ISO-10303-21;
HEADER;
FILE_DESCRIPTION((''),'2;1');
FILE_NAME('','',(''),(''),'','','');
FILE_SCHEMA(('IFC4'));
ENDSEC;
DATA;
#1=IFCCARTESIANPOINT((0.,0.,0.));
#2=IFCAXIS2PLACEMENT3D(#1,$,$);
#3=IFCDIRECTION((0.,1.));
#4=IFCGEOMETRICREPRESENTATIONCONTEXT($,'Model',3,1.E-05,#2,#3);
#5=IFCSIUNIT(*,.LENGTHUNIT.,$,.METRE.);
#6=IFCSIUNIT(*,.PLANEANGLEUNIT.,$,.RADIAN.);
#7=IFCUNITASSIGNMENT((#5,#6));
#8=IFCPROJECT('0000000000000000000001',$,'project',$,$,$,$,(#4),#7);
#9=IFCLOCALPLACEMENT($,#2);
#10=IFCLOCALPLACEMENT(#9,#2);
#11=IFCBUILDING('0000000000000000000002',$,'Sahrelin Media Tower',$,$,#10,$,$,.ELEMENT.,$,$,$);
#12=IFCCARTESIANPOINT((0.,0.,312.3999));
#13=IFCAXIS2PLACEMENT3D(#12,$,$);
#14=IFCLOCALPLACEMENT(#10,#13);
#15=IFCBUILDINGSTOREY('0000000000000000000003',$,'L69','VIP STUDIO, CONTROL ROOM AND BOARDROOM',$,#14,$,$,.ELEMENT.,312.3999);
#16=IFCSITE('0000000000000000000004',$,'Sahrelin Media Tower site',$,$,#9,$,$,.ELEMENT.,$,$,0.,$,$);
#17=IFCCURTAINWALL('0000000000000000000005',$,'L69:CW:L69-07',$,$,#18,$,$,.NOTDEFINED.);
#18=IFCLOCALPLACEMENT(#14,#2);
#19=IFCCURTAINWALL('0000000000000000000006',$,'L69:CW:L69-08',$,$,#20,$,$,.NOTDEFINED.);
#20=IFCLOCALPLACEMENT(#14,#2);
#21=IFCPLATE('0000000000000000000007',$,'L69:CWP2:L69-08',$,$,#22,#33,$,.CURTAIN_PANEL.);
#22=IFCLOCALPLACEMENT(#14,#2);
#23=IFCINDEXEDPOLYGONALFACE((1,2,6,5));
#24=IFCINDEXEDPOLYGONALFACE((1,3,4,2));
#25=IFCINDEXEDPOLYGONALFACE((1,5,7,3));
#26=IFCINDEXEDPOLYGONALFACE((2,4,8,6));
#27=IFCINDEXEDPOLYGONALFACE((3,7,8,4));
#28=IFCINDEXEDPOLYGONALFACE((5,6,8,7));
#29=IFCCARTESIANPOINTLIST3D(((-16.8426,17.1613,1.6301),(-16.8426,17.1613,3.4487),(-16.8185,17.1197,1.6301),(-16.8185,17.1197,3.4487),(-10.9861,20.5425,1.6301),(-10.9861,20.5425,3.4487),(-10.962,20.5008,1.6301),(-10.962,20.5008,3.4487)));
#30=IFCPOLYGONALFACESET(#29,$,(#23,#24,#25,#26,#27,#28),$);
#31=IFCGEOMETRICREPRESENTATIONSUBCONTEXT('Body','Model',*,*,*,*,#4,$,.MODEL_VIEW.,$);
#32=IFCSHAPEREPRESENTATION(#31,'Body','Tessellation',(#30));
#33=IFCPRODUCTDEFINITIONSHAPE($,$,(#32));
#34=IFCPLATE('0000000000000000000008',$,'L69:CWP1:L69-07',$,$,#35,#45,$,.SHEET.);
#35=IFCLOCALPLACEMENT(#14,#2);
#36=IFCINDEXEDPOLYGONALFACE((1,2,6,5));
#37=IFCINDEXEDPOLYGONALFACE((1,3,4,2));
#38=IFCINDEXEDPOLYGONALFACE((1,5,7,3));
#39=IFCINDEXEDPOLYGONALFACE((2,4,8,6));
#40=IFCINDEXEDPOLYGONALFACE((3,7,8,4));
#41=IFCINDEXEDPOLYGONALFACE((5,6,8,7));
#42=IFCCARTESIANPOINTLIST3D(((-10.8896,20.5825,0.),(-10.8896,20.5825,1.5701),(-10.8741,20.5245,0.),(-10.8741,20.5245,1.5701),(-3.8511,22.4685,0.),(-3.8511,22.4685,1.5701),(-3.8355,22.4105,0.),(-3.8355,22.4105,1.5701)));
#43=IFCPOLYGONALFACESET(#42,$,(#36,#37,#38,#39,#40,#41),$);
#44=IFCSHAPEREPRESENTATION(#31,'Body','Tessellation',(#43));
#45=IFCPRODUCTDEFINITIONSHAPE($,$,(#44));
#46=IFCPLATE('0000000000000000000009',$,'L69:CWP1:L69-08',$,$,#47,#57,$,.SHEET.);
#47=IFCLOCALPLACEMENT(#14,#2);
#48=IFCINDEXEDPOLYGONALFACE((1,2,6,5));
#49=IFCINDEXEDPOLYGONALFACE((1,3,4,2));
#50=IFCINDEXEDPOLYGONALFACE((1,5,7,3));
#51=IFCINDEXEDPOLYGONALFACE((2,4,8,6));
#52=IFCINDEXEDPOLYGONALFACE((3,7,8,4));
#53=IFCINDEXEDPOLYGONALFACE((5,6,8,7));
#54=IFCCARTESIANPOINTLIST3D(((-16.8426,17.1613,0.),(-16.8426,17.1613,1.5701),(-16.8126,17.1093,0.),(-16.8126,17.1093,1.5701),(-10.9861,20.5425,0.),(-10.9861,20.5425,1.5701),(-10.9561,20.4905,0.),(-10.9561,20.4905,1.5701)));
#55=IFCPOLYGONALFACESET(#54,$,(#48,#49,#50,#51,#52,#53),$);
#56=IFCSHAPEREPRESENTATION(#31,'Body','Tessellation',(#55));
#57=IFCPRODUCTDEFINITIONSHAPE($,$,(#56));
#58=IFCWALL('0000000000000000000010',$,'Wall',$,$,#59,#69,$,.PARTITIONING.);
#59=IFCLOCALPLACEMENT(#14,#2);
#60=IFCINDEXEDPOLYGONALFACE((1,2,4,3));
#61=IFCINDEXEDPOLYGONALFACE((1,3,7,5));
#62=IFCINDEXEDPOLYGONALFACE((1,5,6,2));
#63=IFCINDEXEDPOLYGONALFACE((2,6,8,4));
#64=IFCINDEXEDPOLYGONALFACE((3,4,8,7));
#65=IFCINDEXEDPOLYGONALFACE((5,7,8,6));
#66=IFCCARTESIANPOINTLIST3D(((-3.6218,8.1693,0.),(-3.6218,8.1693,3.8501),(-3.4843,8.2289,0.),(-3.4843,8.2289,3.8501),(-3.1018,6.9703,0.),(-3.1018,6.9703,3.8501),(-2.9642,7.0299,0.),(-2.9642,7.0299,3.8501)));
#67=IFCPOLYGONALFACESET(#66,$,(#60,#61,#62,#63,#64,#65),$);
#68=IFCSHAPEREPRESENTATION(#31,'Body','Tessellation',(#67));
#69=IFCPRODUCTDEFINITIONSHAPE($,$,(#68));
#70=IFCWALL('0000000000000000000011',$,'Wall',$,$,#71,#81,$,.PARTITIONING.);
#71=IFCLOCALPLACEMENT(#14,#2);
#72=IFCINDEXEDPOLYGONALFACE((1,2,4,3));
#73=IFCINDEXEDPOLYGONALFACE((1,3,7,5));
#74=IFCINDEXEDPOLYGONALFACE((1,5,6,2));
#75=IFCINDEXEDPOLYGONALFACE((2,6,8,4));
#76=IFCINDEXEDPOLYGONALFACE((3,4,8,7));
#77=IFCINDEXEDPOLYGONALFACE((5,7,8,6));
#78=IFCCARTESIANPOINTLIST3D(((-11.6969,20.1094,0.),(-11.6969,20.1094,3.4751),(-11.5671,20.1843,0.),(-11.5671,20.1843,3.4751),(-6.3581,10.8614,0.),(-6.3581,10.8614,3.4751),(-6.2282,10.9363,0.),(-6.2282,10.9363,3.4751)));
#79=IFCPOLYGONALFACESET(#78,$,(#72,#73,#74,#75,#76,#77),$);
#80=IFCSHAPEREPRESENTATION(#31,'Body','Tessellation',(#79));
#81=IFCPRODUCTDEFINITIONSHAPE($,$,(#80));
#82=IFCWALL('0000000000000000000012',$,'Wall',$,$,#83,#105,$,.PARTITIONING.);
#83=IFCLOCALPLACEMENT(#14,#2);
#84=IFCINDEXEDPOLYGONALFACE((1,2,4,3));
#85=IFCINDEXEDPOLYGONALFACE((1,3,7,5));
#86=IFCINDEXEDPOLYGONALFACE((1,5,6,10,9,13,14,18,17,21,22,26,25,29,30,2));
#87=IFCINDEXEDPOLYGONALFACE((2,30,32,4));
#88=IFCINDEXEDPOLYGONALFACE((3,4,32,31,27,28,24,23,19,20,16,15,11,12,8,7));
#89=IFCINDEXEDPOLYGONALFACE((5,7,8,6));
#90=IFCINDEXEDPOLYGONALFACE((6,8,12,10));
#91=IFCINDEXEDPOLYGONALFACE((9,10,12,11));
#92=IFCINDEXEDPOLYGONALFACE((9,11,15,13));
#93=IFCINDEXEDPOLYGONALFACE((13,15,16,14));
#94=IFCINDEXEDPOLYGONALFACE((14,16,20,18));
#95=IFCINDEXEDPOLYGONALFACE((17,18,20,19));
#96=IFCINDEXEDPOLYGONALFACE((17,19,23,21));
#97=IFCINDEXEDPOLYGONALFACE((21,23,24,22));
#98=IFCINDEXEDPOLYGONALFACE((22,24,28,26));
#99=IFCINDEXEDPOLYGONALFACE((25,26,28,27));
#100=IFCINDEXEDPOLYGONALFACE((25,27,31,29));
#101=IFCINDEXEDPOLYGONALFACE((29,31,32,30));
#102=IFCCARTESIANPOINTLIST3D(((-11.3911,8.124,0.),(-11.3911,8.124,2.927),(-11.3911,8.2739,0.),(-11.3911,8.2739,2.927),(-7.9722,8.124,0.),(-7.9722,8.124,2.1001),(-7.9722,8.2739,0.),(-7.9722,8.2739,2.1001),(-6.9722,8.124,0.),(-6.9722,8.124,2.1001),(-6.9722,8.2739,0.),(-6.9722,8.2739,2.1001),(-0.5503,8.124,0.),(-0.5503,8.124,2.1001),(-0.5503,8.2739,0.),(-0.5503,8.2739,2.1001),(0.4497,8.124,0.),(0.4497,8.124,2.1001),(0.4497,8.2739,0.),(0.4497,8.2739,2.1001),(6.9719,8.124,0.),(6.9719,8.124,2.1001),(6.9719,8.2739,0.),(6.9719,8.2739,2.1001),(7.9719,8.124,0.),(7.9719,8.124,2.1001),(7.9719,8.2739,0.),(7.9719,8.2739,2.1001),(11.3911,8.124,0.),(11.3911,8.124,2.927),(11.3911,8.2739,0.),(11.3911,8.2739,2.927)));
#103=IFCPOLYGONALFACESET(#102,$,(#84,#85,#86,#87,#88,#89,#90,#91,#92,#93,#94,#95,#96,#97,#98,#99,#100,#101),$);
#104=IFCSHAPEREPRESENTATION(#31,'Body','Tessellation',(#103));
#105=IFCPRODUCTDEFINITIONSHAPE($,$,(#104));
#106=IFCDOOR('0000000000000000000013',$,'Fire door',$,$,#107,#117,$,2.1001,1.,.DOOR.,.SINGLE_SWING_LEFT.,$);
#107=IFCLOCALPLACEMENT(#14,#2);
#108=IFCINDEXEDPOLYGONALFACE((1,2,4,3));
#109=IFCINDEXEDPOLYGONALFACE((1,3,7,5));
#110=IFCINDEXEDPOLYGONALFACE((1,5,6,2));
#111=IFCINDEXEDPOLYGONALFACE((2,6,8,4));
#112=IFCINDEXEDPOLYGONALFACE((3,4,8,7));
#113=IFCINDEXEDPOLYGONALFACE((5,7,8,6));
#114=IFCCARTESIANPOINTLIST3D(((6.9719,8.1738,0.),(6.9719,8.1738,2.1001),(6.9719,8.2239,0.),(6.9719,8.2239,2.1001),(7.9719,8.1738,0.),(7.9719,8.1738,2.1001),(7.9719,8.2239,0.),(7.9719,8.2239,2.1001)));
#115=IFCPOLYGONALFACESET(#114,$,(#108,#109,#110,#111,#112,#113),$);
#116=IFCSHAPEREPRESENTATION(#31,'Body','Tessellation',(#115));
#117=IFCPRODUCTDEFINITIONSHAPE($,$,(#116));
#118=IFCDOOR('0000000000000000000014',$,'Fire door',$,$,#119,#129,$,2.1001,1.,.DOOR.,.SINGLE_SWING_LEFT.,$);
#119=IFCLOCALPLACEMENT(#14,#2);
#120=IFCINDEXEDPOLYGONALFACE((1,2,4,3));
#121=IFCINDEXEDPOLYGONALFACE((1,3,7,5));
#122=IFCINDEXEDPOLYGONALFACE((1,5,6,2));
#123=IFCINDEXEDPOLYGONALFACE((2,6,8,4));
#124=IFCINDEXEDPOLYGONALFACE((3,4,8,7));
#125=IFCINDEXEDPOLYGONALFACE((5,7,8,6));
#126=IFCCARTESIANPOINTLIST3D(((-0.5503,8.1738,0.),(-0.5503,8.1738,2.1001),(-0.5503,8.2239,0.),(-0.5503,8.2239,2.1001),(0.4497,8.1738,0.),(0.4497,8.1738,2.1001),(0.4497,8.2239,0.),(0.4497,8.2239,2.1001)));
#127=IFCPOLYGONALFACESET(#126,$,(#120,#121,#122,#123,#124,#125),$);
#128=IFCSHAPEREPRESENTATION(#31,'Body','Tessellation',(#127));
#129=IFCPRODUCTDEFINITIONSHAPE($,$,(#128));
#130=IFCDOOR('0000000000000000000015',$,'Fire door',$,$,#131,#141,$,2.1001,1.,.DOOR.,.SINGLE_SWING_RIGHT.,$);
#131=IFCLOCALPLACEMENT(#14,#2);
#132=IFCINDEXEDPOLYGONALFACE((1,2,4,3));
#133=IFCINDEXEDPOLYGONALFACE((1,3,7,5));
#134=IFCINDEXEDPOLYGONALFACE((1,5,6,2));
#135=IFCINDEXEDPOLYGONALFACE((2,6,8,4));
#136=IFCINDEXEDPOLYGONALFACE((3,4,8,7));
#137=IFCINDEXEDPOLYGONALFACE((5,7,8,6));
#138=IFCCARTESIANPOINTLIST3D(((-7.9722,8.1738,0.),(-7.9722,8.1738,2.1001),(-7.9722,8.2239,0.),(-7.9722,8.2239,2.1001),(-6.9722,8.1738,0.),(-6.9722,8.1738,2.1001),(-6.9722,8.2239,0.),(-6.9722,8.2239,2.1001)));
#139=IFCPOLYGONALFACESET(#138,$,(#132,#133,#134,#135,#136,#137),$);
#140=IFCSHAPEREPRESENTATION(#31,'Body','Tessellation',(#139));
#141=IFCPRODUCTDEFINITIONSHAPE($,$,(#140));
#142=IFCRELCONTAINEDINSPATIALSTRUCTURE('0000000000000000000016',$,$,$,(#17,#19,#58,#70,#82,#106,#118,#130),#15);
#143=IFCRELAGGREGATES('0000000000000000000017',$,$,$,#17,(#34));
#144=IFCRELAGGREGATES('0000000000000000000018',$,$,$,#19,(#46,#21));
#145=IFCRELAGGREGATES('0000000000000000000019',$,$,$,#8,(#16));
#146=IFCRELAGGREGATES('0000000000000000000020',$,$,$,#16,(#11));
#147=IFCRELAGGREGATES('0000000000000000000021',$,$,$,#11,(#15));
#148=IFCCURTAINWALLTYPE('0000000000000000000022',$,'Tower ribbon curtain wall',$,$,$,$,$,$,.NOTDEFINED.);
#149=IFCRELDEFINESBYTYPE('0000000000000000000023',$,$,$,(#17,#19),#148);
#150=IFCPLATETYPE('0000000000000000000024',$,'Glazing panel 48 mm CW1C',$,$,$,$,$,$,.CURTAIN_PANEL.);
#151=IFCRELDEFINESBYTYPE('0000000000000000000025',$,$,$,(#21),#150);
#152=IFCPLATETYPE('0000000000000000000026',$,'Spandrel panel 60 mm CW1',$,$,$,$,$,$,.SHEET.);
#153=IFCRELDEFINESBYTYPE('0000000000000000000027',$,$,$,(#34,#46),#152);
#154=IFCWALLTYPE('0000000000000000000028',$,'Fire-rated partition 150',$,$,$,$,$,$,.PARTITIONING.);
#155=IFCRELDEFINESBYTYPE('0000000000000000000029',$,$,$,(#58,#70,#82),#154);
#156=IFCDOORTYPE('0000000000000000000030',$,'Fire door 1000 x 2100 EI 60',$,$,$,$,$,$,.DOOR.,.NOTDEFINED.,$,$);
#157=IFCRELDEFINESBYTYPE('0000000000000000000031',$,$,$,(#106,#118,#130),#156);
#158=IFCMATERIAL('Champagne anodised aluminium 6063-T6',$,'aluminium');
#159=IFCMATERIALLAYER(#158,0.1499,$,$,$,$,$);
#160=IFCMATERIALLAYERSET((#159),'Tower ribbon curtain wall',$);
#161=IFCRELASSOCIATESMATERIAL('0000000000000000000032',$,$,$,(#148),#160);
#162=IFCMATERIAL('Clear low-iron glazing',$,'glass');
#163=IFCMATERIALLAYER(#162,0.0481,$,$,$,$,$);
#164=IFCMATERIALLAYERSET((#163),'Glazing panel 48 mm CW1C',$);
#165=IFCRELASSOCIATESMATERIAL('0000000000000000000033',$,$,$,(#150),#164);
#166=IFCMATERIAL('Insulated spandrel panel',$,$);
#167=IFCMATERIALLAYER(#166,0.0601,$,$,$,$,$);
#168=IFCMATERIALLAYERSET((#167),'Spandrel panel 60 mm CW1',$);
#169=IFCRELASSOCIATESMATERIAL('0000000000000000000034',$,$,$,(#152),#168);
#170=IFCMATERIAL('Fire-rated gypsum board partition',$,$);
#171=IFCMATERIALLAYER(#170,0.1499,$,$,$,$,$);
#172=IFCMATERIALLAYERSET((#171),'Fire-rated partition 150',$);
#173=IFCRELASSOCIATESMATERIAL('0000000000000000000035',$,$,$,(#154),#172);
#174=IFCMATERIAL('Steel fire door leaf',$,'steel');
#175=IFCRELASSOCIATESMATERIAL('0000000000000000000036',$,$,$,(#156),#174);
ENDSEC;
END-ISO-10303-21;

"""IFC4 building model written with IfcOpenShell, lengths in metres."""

from ifc_helpers import new_model, si_unit, direction, frame, frame_2d, origin, place, context, subcontext, project, spatial, polyline, rectangle, outline, extrude, material, layer, layer_set, type_object, element, fill, aggregate, save


model = new_model("IFC4")

# Units and contexts
model_context = context("Model", 3, precision=1e-05, world=origin(), true_north=direction((0.0, 1.0)))
body_context = subcontext(model_context, "Body", "Model", "MODEL_VIEW")
ifc_project = project(units=[si_unit("LENGTHUNIT", "METRE"), si_unit("PLANEANGLEUNIT", "RADIAN")], contexts=[model_context])

# Site, building, storey
site_placement = place(None, origin())
site = spatial("IfcSite", under=ifc_project, at=site_placement, Name="Sahrelin Media Tower site", CompositionType="ELEMENT", RefElevation=0.0)
building_placement = place(site_placement, origin())
building = spatial("IfcBuilding", under=site, at=building_placement, Name="Sahrelin Media Tower", CompositionType="ELEMENT")
storey_placement = place(building_placement, frame((0.0, 0.0, 312.3999)))
storey = spatial("IfcBuildingStorey", under=building, at=storey_placement, Name="L69", Description="VIP STUDIO, CONTROL ROOM AND BOARDROOM", CompositionType="ELEMENT", Elevation=312.3999)

# Curtain wall
ifc_material_1 = material(Name="Champagne anodised aluminium 6063-T6", Category="aluminium")
ifc_layer_1 = layer(ifc_material_1, 0.1499)
ifc_layer_set_1 = layer_set([ifc_layer_1], Name="Tower ribbon curtain wall")
curtain_wall_type = type_object("IfcCurtainWallType", Name="Tower ribbon curtain wall", PredefinedType="NOTDEFINED", material=ifc_layer_set_1)
curtain_wall_1_placement = place(storey_placement, frame((-7.365, 21.5061, 0.0), z_axis=(0.0, 0.0, 1.0), x_axis=(1.0, 0.0, 0.0)))
curtain_wall_1 = element("IfcCurtainWall", 1, at=curtain_wall_1_placement, inside=storey, type_object=curtain_wall_type, Name="L69:CW:L69-07", PredefinedType="NOTDEFINED")

# Curtain wall
curtain_wall_2_placement = place(storey_placement, frame((-13.9043, 18.8347, 0.0), z_axis=(0.0, 0.0, 1.0), x_axis=(1.0, 0.0, 0.0)))
curtain_wall_2 = element("IfcCurtainWall", 2, at=curtain_wall_2_placement, inside=storey, type_object=curtain_wall_type, Name="L69:CW:L69-08", PredefinedType="NOTDEFINED")

# Plates
ifc_material_2 = material(Name="Clear low-iron glazing", Category="glass")
ifc_layer_2 = layer(ifc_material_2, 0.0481)
ifc_layer_set_2 = layer_set([ifc_layer_2], Name="Glazing panel 48 mm CW1C")
plate_type_1 = type_object("IfcPlateType", Name="Glazing panel 48 mm CW1C", PredefinedType="CURTAIN_PANEL", material=ifc_layer_set_2)
plate_1_placement = place(storey_placement, frame((-10.9861, 20.5425, 1.6301), z_axis=(-0.499987, 0.866033, 0.0), x_axis=(-0.866033, -0.499987, 0.0)))
plate_1 = element("IfcPlate", 3, at=plate_1_placement, type_object=plate_type_1, Name="L69:CWP2:L69-08", PredefinedType="CURTAIN_PANEL", context=body_context, shape_type="SweptSolid", body=[
    extrude(outline(polyline([(0.0, 0.0), (6.7625, 0.0), (6.7625, 1.8186), (0.0, 1.8186), (0.0, 0.0)])), origin(), (0.0, 0.0, -1.0), 0.0481),
])
ifc_material_3 = material(Name="Insulated spandrel panel")
ifc_layer_3 = layer(ifc_material_3, 0.0601)
ifc_layer_set_3 = layer_set([ifc_layer_3], Name="Spandrel panel 60 mm CW1")
plate_type_2 = type_object("IfcPlateType", Name="Spandrel panel 60 mm CW1", PredefinedType="SHEET", material=ifc_layer_set_3)
plate_2_placement = place(storey_placement, frame((-3.8511, 22.4685, 0.0), z_axis=(-0.25882, 0.965926, 0.0), x_axis=(-0.965926, -0.25882, 0.0)))
plate_2 = element("IfcPlate", 4, at=plate_2_placement, type_object=plate_type_2, Name="L69:CWP1:L69-07", PredefinedType="SHEET", context=body_context, shape_type="SweptSolid", body=[
    extrude(outline(polyline([(0.0, 0.0), (7.2869, 0.0), (7.2869, 1.5701), (0.0, 1.5701), (0.0, 0.0)])), origin(), (0.0, 0.0, -1.0), 0.0601),
])
aggregate(curtain_wall_1, [plate_2])
plate_3_placement = place(storey_placement, frame((-10.9861, 20.5425, 0.0), z_axis=(-0.499987, 0.866033, 0.0), x_axis=(-0.866033, -0.499987, 0.0)))
plate_3 = element("IfcPlate", 5, at=plate_3_placement, type_object=plate_type_2, Name="L69:CWP1:L69-08", PredefinedType="SHEET", context=body_context, shape_type="SweptSolid", body=[
    extrude(outline(polyline([(0.0, 0.0), (6.7625, 0.0), (6.7625, 1.5701), (0.0, 1.5701), (0.0, 0.0)])), origin(), (0.0, 0.0, -1.0), 0.0601),
])
aggregate(curtain_wall_2, [plate_3, plate_1])

# Walls
ifc_material_4 = material(Name="Fire-rated gypsum board partition")
ifc_layer_4 = layer(ifc_material_4, 0.1499)
ifc_layer_set_4 = layer_set([ifc_layer_4], Name="Fire-rated partition 150")
wall_type = type_object("IfcWallType", Name="Fire-rated partition 150", PredefinedType="PARTITIONING", material=ifc_layer_set_4)
wall_1_placement = place(storey_placement, frame((-3.553, 8.199, 0.0), z_axis=(0.0, 0.0, 1.0), x_axis=(0.397906, -0.917426, 0.0)))
element("IfcWall", 6, at=wall_1_placement, inside=storey, type_object=wall_type, Name="Wall", PredefinedType="PARTITIONING", context=body_context, shape_type="SweptSolid", body=[
    extrude(rectangle(XDim=1.3069, YDim=0.1499, at=frame_2d((0.6533, 0.0))), origin(), (0.0, 0.0, 1.0), 3.8501),
])
wall_2_placement = place(storey_placement, frame((-11.6321, 20.147, 0.0), z_axis=(0.0, 0.0, 1.0), x_axis=(0.499965, -0.866045, 0.0)))
element("IfcWall", 7, at=wall_2_placement, inside=storey, type_object=wall_type, Name="Wall", PredefinedType="PARTITIONING", context=body_context, shape_type="SweptSolid", body=[
    extrude(rectangle(XDim=10.6785, YDim=0.1499, at=frame_2d((5.3394, 0.0))), origin(), (0.0, 0.0, 1.0), 3.4751),
])

# Wall, openings, doors
wall_3_placement = place(storey_placement, frame((-11.3911, 8.199, 0.0), z_axis=(0.0, 0.0, 1.0), x_axis=(1.0, 0.0, 0.0)))
wall_3 = element("IfcWall", 8, at=wall_3_placement, inside=storey, type_object=wall_type, Name="Wall", PredefinedType="PARTITIONING", context=body_context, shape_type="SweptSolid", body=[
    extrude(rectangle(XDim=22.7822, YDim=0.1499, at=frame_2d((11.3911, 0.0))), origin(), (0.0, 0.0, 1.0), 2.927),
])
opening_1_placement = place(wall_3_placement, frame((18.363, 0.0, 0.0)))
opening_1 = element("IfcOpeningElement", 9, at=opening_1_placement, cuts=wall_3, PredefinedType="OPENING", context=body_context, shape_type="SweptSolid", body=[
    extrude(rectangle(XDim=1.0, YDim=2.1001, at=frame_2d((0.5, 1.05))), frame((0.0, 0.075, 0.0), z_axis=(0.0, -1.0, 0.0), x_axis=(1.0, 0.0, 0.0)), (0.0, 0.0, 1.0), 0.1499),
])
opening_2_placement = place(wall_3_placement, frame((10.8408, 0.0, 0.0)))
opening_2 = element("IfcOpeningElement", 10, at=opening_2_placement, cuts=wall_3, PredefinedType="OPENING", context=body_context, shape_type="SweptSolid", body=[
    extrude(rectangle(XDim=1.0, YDim=2.1001, at=frame_2d((0.5, 1.05))), frame((0.0, 0.075, 0.0), z_axis=(0.0, -1.0, 0.0), x_axis=(1.0, 0.0, 0.0)), (0.0, 0.0, 1.0), 0.1499),
])
opening_3_placement = place(wall_3_placement, frame((3.4189, 0.0, 0.0)))
opening_3 = element("IfcOpeningElement", 11, at=opening_3_placement, cuts=wall_3, PredefinedType="OPENING", context=body_context, shape_type="SweptSolid", body=[
    extrude(rectangle(XDim=1.0, YDim=2.1001, at=frame_2d((0.5, 1.05))), frame((0.0, 0.075, 0.0), z_axis=(0.0, -1.0, 0.0), x_axis=(1.0, 0.0, 0.0)), (0.0, 0.0, 1.0), 0.1499),
])
ifc_material_5 = material(Name="Steel fire door leaf", Category="steel")
door_type = type_object("IfcDoorType", Name="Fire door 1000 x 2100 EI 60", OperationType="NOTDEFINED", PredefinedType="DOOR", material=ifc_material_5)
door_1_placement = place(opening_1_placement, origin())
door_1 = element("IfcDoor", 12, at=door_1_placement, inside=storey, type_object=door_type, Name="Fire door", OperationType="SINGLE_SWING_LEFT", OverallHeight=2.1001, OverallWidth=1.0, PredefinedType="DOOR", context=body_context, shape_type="SweptSolid", body=[
    extrude(rectangle(XDim=1.0, YDim=2.1001, at=frame_2d((0.5, 1.05))), frame((0.0, 0.0249, 0.0), z_axis=(0.0, -1.0, 0.0), x_axis=(1.0, 0.0, 0.0)), (0.0, 0.0, 1.0), 0.05),
])
fill(opening_1, door_1)
door_2_placement = place(opening_2_placement, origin())
door_2 = element("IfcDoor", 13, at=door_2_placement, inside=storey, type_object=door_type, Name="Fire door", OperationType="SINGLE_SWING_LEFT", OverallHeight=2.1001, OverallWidth=1.0, PredefinedType="DOOR", context=body_context, shape_type="SweptSolid", body=[
    extrude(rectangle(XDim=1.0, YDim=2.1001, at=frame_2d((0.5, 1.05))), frame((0.0, 0.0249, 0.0), z_axis=(0.0, -1.0, 0.0), x_axis=(1.0, 0.0, 0.0)), (0.0, 0.0, 1.0), 0.05),
])
fill(opening_2, door_2)
door_3_placement = place(opening_3_placement, origin())
door_3 = element("IfcDoor", 14, at=door_3_placement, inside=storey, type_object=door_type, Name="Fire door", OperationType="SINGLE_SWING_RIGHT", OverallHeight=2.1001, OverallWidth=1.0, PredefinedType="DOOR", context=body_context, shape_type="SweptSolid", body=[
    extrude(rectangle(XDim=1.0, YDim=2.1001, at=frame_2d((0.5, 1.05))), frame((0.0, 0.0249, 0.0), z_axis=(0.0, -1.0, 0.0), x_axis=(1.0, 0.0, 0.0)), (0.0, 0.0, 1.0), 0.05),
])
fill(opening_3, door_3)

save(model, "model.ifc")
